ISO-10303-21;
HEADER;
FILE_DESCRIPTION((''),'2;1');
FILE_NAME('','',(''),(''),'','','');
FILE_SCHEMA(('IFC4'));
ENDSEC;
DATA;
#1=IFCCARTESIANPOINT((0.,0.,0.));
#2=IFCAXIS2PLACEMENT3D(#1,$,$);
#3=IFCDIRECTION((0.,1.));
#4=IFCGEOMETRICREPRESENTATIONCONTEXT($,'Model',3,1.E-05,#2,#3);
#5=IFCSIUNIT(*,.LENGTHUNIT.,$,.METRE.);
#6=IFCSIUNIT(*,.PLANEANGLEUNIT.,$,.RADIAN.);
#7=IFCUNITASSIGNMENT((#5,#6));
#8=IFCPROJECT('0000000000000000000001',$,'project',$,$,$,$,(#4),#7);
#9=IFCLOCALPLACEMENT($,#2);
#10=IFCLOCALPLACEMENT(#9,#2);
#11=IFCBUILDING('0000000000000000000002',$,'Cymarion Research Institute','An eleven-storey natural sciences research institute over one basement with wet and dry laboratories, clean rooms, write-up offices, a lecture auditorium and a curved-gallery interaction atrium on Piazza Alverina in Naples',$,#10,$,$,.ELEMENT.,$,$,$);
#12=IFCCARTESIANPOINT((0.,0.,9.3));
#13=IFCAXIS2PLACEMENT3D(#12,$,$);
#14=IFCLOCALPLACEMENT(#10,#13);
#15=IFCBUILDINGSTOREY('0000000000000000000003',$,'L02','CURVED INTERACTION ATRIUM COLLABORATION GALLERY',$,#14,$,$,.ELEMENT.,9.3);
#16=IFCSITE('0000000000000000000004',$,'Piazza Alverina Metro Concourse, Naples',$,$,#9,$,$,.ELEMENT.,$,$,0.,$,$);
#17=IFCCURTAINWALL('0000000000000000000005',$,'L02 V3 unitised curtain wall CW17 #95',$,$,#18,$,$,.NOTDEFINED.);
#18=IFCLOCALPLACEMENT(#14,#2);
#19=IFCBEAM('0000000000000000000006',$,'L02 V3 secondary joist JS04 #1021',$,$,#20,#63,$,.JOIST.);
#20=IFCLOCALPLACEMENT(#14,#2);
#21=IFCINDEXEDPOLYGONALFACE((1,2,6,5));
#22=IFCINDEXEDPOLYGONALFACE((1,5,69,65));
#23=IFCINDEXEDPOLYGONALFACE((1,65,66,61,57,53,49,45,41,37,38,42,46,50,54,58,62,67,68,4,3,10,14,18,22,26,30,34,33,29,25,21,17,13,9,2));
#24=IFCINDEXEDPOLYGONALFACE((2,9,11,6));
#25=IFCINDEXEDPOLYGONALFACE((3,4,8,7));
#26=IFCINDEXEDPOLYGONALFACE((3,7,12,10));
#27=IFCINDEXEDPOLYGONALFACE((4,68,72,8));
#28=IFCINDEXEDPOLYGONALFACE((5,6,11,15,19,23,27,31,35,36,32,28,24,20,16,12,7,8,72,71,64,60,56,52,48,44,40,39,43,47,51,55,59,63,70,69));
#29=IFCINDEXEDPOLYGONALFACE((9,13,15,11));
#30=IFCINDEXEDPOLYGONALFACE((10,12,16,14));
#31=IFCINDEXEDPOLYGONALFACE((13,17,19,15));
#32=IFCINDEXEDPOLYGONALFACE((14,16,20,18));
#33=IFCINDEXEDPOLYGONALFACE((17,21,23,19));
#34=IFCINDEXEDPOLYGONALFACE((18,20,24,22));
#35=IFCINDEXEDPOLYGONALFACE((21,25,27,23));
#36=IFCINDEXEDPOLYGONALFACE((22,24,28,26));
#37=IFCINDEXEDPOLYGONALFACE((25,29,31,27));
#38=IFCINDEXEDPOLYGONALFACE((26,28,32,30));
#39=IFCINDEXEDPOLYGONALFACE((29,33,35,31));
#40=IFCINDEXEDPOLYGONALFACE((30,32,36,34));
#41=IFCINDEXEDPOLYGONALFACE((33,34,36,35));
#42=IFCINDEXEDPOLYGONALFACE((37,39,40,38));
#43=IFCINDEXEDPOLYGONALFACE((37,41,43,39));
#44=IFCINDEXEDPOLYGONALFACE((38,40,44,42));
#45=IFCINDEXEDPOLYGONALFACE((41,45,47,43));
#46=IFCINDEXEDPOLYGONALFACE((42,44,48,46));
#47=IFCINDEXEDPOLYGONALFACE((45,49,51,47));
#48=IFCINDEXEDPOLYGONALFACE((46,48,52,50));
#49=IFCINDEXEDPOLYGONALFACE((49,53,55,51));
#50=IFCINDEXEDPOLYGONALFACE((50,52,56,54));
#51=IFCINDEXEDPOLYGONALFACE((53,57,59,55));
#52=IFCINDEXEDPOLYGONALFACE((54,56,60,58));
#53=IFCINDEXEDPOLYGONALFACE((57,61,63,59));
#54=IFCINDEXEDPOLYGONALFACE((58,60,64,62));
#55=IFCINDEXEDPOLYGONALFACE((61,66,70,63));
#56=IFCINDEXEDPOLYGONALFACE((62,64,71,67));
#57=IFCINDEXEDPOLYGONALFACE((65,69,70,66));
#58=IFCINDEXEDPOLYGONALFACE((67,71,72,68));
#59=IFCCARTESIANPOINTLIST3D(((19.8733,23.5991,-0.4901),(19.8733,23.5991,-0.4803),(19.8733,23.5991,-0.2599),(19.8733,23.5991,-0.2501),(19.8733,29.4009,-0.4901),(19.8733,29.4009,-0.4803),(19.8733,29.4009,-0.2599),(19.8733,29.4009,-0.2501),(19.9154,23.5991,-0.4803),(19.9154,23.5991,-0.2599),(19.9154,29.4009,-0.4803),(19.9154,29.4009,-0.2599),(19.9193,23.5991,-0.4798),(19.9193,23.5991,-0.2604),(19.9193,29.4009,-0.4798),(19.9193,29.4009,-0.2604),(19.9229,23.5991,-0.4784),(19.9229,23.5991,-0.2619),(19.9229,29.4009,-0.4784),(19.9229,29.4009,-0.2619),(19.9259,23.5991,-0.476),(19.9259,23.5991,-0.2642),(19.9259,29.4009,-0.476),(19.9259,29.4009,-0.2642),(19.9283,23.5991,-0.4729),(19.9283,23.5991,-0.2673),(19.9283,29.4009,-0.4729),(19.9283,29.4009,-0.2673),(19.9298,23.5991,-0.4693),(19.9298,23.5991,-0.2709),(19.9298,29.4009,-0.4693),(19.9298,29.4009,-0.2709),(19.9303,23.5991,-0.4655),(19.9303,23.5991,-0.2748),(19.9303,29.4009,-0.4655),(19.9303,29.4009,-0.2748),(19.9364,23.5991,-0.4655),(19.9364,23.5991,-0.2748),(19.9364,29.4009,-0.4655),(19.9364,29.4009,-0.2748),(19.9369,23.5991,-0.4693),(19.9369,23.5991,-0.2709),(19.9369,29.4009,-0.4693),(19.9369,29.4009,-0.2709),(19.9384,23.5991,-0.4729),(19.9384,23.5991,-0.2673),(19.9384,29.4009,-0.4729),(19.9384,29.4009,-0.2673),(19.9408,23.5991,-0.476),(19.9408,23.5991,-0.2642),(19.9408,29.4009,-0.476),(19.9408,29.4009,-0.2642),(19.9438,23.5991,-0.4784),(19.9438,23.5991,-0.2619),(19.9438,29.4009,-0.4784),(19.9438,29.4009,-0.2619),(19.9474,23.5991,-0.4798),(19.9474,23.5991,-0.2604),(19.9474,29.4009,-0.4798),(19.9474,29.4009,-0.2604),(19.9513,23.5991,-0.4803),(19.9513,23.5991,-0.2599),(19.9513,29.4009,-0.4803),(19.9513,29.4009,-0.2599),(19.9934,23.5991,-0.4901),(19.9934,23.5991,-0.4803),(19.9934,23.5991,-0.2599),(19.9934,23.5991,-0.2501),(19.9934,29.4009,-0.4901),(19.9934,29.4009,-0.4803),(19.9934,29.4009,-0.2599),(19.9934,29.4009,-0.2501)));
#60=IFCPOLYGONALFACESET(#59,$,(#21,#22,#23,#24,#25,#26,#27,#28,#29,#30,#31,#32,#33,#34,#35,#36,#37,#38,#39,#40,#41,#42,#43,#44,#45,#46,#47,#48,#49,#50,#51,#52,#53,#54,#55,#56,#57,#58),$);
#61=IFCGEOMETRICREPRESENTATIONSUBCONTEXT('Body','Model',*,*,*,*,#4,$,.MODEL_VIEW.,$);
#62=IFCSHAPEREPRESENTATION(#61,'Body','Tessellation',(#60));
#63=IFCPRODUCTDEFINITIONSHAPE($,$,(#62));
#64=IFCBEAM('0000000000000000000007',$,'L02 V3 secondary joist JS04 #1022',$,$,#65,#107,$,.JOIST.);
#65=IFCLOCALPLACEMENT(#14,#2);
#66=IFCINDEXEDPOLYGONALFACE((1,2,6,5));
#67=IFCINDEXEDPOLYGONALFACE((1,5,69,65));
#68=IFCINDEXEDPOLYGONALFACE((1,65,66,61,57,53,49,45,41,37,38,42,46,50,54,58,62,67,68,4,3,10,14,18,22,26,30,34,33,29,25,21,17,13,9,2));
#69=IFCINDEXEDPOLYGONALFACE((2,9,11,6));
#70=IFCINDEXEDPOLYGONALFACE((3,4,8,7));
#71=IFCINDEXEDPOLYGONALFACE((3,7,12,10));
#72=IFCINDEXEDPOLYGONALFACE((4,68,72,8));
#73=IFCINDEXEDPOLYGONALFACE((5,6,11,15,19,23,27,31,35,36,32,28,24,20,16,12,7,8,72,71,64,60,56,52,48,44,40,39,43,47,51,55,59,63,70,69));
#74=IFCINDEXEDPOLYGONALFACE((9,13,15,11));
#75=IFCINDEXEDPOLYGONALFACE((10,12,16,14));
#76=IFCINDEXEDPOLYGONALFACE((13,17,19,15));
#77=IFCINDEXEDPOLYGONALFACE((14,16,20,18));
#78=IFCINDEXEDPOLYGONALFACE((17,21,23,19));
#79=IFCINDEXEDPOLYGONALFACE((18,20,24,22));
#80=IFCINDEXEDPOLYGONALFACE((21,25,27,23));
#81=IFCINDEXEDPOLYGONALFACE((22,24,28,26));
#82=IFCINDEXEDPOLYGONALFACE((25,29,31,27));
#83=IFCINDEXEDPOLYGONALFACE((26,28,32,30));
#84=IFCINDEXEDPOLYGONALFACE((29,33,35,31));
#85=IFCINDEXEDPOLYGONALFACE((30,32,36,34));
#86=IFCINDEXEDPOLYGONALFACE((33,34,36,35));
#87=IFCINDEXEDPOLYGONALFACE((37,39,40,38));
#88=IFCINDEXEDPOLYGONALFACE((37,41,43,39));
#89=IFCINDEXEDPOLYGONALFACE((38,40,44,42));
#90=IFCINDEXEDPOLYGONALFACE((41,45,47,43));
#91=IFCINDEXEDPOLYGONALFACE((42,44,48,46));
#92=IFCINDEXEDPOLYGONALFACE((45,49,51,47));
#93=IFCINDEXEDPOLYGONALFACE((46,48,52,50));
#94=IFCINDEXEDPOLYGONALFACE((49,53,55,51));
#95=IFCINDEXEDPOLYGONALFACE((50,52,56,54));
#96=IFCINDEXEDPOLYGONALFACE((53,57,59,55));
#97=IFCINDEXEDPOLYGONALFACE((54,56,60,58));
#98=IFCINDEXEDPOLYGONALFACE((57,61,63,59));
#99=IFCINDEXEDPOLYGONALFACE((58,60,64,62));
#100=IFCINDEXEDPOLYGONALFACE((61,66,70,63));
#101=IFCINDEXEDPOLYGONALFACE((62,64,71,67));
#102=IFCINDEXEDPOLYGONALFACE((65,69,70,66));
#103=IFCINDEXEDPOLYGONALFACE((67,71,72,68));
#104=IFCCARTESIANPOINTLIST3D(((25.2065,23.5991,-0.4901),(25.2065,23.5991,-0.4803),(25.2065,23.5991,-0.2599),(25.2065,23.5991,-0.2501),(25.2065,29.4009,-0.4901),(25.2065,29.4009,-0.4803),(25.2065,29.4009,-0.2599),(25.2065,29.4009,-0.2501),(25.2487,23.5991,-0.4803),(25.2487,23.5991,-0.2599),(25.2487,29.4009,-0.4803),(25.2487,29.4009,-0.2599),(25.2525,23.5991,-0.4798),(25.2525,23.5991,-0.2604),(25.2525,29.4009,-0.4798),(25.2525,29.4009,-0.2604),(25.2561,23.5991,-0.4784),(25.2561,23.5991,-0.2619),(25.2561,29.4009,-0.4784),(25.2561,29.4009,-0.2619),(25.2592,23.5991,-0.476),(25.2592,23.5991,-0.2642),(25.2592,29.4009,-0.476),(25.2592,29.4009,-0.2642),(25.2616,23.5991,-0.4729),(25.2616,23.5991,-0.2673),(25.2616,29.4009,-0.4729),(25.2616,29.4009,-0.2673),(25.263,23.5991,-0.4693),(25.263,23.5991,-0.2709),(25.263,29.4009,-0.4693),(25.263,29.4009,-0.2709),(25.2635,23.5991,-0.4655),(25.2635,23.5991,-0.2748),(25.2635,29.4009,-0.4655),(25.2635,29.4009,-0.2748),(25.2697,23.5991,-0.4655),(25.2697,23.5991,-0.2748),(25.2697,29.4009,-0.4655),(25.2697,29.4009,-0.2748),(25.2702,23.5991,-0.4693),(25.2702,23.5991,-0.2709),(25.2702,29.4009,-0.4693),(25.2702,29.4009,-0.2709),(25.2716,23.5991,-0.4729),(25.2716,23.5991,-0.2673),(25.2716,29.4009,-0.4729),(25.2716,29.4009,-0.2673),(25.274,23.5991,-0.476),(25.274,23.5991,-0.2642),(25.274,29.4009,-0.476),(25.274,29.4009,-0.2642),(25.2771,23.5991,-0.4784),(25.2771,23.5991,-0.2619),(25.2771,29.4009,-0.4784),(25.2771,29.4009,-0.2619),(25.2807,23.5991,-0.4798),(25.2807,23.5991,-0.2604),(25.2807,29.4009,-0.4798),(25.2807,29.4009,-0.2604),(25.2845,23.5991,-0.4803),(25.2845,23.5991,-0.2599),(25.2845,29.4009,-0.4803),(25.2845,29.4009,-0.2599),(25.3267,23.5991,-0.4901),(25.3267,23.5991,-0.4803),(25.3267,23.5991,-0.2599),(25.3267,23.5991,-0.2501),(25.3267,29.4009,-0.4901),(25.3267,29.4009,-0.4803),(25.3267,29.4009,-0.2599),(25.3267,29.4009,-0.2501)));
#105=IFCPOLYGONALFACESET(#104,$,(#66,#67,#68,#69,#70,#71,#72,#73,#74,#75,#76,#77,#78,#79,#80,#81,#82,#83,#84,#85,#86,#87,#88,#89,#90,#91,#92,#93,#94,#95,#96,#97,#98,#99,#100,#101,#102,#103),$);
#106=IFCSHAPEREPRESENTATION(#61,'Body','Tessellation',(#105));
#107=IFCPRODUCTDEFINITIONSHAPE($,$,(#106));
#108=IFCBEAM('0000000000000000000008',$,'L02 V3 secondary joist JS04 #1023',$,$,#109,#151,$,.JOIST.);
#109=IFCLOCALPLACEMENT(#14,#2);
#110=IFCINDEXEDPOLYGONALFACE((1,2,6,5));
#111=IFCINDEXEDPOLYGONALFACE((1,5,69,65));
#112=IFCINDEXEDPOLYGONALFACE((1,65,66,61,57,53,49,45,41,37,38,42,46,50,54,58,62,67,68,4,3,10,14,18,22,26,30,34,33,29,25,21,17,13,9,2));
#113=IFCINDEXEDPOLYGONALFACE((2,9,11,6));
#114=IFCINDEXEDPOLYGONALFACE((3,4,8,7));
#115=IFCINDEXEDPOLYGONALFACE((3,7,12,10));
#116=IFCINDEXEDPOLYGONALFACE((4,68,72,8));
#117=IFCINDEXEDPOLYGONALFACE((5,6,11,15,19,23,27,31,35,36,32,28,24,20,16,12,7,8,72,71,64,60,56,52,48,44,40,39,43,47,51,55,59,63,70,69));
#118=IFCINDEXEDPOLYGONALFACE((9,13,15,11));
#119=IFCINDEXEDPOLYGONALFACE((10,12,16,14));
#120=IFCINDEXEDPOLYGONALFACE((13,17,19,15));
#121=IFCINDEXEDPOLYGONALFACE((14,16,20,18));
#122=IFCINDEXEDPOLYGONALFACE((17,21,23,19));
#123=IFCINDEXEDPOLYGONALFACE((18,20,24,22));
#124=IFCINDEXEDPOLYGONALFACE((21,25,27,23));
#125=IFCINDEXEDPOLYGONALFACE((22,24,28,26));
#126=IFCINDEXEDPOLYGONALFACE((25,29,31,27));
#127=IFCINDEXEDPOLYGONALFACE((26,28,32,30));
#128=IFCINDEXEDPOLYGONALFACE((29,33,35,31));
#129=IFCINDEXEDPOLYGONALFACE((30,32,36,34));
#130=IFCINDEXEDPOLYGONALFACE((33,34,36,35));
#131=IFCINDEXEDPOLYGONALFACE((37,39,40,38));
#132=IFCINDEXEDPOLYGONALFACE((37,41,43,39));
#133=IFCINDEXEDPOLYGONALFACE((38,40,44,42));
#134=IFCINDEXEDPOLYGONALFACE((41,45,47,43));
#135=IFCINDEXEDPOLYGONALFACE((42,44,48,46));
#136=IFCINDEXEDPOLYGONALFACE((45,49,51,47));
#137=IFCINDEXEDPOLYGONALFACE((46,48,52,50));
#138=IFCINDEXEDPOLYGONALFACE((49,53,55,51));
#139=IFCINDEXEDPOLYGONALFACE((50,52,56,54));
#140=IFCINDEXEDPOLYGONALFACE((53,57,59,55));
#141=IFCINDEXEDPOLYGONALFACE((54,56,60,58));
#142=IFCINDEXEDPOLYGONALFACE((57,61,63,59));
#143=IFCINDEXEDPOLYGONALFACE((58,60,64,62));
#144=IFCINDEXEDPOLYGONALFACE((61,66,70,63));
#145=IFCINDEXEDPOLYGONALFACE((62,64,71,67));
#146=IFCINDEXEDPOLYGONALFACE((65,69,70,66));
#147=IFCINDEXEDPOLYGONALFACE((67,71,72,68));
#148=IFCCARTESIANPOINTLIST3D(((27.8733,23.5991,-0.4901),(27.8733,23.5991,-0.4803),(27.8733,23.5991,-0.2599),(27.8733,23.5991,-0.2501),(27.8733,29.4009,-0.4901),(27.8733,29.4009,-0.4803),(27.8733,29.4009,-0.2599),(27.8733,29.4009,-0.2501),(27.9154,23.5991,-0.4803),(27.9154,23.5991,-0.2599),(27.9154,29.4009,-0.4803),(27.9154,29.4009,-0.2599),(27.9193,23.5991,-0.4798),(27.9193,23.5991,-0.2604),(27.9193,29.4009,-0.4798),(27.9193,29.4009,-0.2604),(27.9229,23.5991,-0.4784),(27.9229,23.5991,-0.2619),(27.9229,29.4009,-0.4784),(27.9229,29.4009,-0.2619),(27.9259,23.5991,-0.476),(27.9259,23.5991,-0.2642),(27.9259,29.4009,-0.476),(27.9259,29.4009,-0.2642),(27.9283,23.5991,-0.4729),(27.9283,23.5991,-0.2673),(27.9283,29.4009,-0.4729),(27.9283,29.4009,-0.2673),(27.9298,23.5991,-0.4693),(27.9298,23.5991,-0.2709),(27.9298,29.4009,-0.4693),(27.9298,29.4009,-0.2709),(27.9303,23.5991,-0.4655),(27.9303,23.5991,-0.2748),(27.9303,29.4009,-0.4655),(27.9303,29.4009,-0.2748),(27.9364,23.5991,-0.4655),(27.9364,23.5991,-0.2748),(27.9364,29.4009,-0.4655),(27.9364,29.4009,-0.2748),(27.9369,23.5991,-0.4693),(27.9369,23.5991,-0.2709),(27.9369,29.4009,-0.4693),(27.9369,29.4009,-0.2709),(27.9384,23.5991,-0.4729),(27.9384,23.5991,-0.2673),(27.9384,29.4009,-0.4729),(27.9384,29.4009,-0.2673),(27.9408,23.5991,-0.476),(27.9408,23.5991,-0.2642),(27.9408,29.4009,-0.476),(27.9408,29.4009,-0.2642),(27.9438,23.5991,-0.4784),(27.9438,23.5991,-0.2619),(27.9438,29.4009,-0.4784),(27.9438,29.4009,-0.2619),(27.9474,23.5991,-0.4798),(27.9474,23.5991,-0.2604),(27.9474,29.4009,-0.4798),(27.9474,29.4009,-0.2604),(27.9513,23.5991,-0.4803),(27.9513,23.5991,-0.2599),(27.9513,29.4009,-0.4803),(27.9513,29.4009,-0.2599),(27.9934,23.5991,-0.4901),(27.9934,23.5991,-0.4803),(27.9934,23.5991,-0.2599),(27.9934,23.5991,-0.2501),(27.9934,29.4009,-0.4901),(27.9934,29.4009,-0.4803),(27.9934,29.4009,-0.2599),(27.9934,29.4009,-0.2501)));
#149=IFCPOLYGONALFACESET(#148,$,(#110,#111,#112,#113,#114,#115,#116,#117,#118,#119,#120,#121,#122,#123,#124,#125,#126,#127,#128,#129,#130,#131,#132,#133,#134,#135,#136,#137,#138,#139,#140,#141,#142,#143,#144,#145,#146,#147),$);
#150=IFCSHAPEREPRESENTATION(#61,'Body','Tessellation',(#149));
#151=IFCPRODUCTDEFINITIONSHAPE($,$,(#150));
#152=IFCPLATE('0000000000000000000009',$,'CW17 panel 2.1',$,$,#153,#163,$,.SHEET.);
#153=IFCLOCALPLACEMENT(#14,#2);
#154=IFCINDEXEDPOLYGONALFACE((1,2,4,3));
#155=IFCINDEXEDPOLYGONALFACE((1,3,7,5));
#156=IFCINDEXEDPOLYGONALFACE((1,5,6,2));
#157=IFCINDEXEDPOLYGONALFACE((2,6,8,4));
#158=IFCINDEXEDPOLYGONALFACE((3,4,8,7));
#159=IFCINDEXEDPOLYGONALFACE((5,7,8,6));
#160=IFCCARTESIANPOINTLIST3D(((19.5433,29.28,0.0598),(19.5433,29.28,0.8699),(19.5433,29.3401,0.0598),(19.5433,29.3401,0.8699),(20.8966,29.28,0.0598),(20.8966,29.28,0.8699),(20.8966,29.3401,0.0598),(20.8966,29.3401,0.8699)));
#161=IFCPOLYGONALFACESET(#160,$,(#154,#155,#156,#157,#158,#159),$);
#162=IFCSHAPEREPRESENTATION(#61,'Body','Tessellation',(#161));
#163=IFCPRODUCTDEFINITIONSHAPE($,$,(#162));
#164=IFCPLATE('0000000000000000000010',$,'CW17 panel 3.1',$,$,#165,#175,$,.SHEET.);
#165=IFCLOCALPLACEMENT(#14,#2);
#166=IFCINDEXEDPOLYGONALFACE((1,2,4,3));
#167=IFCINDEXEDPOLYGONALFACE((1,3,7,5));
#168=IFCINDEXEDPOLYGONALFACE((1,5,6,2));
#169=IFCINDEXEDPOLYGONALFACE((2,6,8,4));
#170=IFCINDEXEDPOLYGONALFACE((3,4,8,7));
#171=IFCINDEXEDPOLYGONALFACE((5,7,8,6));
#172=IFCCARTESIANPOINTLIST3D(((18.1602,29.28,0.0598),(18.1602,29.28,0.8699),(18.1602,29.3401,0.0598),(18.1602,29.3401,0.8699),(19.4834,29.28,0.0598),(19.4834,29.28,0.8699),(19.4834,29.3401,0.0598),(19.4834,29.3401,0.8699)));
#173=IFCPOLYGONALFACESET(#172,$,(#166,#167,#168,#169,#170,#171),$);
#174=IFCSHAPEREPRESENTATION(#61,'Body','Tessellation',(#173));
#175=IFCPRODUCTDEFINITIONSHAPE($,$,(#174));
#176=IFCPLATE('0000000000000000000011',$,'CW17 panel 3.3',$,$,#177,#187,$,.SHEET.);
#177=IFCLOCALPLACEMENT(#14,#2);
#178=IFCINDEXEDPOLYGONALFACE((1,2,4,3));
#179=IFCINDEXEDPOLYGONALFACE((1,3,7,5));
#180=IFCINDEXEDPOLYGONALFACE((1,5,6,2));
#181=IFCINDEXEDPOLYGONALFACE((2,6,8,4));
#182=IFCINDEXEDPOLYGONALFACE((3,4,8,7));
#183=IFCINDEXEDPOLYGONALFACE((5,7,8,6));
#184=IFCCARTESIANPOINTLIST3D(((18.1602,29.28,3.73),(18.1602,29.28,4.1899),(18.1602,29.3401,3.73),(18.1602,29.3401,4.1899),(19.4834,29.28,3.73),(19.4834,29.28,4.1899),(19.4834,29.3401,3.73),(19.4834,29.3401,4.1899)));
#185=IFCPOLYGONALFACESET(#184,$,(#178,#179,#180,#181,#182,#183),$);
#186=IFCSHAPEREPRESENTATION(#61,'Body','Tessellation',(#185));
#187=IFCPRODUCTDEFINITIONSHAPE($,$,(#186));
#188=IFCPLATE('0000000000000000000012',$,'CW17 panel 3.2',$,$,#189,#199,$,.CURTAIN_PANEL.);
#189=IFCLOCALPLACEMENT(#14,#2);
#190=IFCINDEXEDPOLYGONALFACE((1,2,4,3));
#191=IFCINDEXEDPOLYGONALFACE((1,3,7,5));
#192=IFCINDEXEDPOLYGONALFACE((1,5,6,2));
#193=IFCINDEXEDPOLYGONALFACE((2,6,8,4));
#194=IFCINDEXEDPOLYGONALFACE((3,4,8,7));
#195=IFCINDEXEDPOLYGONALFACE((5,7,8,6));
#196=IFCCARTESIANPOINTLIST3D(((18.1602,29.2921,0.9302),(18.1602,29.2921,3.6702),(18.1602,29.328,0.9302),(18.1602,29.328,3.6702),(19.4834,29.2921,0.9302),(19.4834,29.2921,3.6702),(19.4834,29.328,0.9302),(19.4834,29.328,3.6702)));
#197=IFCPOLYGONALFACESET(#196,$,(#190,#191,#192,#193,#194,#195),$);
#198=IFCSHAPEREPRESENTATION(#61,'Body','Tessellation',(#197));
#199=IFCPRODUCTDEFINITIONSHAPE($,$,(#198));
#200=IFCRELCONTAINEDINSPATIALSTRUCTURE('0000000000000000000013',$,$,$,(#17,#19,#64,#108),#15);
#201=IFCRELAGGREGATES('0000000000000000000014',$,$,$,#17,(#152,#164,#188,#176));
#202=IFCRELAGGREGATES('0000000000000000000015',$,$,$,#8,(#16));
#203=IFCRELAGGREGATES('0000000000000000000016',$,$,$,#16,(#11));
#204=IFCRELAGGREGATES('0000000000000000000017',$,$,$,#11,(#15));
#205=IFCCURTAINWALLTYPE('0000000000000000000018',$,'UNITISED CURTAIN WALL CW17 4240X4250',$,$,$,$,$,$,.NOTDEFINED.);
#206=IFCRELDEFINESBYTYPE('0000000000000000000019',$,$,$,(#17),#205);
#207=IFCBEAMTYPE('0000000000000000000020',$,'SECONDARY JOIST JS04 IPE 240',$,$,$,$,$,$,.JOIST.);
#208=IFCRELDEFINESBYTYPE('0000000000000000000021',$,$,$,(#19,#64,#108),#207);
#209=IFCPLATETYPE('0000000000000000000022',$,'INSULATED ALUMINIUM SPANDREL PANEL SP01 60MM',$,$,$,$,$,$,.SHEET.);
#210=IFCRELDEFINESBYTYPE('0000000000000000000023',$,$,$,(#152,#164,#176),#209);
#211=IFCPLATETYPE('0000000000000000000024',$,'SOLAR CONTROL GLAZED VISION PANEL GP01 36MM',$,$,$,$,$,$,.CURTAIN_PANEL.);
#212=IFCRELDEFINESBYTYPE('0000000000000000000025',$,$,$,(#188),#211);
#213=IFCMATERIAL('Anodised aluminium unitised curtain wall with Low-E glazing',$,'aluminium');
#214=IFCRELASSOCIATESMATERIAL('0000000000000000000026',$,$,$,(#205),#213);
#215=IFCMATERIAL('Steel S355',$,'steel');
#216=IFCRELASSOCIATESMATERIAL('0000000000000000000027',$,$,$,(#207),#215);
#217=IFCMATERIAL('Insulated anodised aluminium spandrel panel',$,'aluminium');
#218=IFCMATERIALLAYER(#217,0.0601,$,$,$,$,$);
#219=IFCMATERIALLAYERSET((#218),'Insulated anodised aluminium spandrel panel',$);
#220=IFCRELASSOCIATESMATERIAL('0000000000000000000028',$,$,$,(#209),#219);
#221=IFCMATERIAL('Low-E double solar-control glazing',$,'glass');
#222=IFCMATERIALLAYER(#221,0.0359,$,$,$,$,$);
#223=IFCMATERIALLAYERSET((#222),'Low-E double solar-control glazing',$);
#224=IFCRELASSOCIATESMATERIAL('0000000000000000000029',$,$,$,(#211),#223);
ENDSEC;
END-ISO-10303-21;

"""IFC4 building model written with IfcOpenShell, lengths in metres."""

from ifc_helpers import new_model, si_unit, direction, frame, origin, origin_2d, place, context, subcontext, project, spatial, rectangle, i_section, extrude, material, layer, layer_set, material_profile, profile_set, type_object, element, aggregate, save


model = new_model("IFC4")

# Units and contexts
model_context = context("Model", 3, precision=1e-05, world=origin(), true_north=direction((0.0, 1.0)))
body_context = subcontext(model_context, "Body", "Model", "MODEL_VIEW")
ifc_project = project(units=[si_unit("LENGTHUNIT", "METRE"), si_unit("PLANEANGLEUNIT", "RADIAN")], contexts=[model_context])

# Site, building, storey
site_placement = place(None, origin())
site = spatial("IfcSite", under=ifc_project, at=site_placement, Name="Piazza Alverina Metro Concourse, Naples", CompositionType="ELEMENT", RefElevation=0.0)
building_placement = place(site_placement, origin())
building = spatial("IfcBuilding", under=site, at=building_placement, Name="Cymarion Research Institute", Description="An eleven-storey natural sciences research institute over one basement with wet and dry laboratories, clean rooms, write-up offices, a lecture auditorium and a curved-gallery interaction atrium on Piazza Alverina in Naples", CompositionType="ELEMENT")
storey_placement = place(building_placement, frame((0.0, 0.0, 9.3)))
storey = spatial("IfcBuildingStorey", under=building, at=storey_placement, Name="L02", Description="CURVED INTERACTION ATRIUM COLLABORATION GALLERY", CompositionType="ELEMENT", Elevation=9.3)

# Shared definitions
ifc_material_1 = material(Name="Steel S355", Category="steel")

# Curtain wall
ifc_material_2 = material(Name="Anodised aluminium unitised curtain wall with Low-E glazing", Category="aluminium")
curtain_wall_type_1 = type_object("IfcCurtainWallType", Name="UNITISED CURTAIN WALL CW17 4240X4250", PredefinedType="NOTDEFINED", material=ifc_material_2)
curtain_wall_1_placement = place(storey_placement, origin())
curtain_wall_1 = element("IfcCurtainWall", 1, at=curtain_wall_1_placement, inside=storey, type_object=curtain_wall_type_1, Name="L02 V3 unitised curtain wall CW17 #95", PredefinedType="NOTDEFINED")

# Beams
ifc_material_profile_1 = material_profile(ifc_material_1, i_section(OverallWidth=0.1201, OverallDepth=0.24, WebThickness=0.0061, FlangeThickness=0.0098, FilletRadius=0.0149, at=origin_2d()), Name="IPE 240")
ifc_profile_set_1 = profile_set([ifc_material_profile_1], Name="Steel S355")
beam_type_1 = type_object("IfcBeamType", Name="SECONDARY JOIST JS04 IPE 240", PredefinedType="JOIST", material=ifc_profile_set_1)
for number, where, z_axis, x_axis, name in (
    (2, (19.9333, 23.5991, -0.3701), (0.0, 1.0, 0.0), (-1.0, 0.0, 0.0), "L02 V3 secondary joist JS04 #1021"),
    (3, (25.2666, 23.5991, -0.3701), (0.0, 1.0, 0.0), (-1.0, 0.0, 0.0), "L02 V3 secondary joist JS04 #1022"),
    (4, (27.9333, 23.5991, -0.3701), (0.0, 1.0, 0.0), (-1.0, 0.0, 0.0), "L02 V3 secondary joist JS04 #1023"),
):
    element("IfcBeam", number, at=place(storey_placement, frame(where, z_axis=z_axis, x_axis=x_axis)), inside=storey, type_object=beam_type_1, Name=name, PredefinedType="JOIST", context=body_context, shape_type="SweptSolid", body=[
        extrude(i_section(OverallWidth=0.1201, OverallDepth=0.24, WebThickness=0.0061, FlangeThickness=0.0098, FilletRadius=0.0149, at=origin_2d()), origin(), (0.0, 0.0, 1.0), 5.8018),
    ])

# Plates
ifc_material_3 = material(Name="Insulated anodised aluminium spandrel panel", Category="aluminium")
ifc_layer_1 = layer(ifc_material_3, 0.0601)
ifc_layer_set_1 = layer_set([ifc_layer_1], Name="Insulated anodised aluminium spandrel panel")
plate_type_1 = type_object("IfcPlateType", Name="INSULATED ALUMINIUM SPANDREL PANEL SP01 60MM", PredefinedType="SHEET", material=ifc_layer_set_1)
plate_1_placement = place(storey_placement, frame((20.22, 29.3101, 0.0598), z_axis=(0.0, 0.0, 1.0), x_axis=(-1.0, 0.0, 0.0)))
plate_1 = element("IfcPlate", 5, at=plate_1_placement, type_object=plate_type_1, Name="CW17 panel 2.1", PredefinedType="SHEET", context=body_context, shape_type="SweptSolid", body=[
    extrude(rectangle(XDim=1.3533, YDim=0.0601, at=origin_2d()), origin(), (0.0, 0.0, 1.0), 0.8101),
])
plate_2_placement = place(storey_placement, frame((18.8218, 29.3101, 0.0598), z_axis=(0.0, 0.0, 1.0), x_axis=(-1.0, 0.0, 0.0)))
plate_2 = element("IfcPlate", 6, at=plate_2_placement, type_object=plate_type_1, Name="CW17 panel 3.1", PredefinedType="SHEET", context=body_context, shape_type="SweptSolid", body=[
    extrude(rectangle(XDim=1.3232, YDim=0.0601, at=origin_2d()), origin(), (0.0, 0.0, 1.0), 0.8101),
])
plate_3_placement = place(storey_placement, frame((18.8218, 29.3101, 3.73), z_axis=(0.0, 0.0, 1.0), x_axis=(-1.0, 0.0, 0.0)))
plate_3 = element("IfcPlate", 7, at=plate_3_placement, type_object=plate_type_1, Name="CW17 panel 3.3", PredefinedType="SHEET", context=body_context, shape_type="SweptSolid", body=[
    extrude(rectangle(XDim=1.3232, YDim=0.0601, at=origin_2d()), origin(), (0.0, 0.0, 1.0), 0.46),
])
ifc_material_4 = material(Name="Low-E double solar-control glazing", Category="glass")
ifc_layer_2 = layer(ifc_material_4, 0.0359)
ifc_layer_set_2 = layer_set([ifc_layer_2], Name="Low-E double solar-control glazing")
plate_type_2 = type_object("IfcPlateType", Name="SOLAR CONTROL GLAZED VISION PANEL GP01 36MM", PredefinedType="CURTAIN_PANEL", material=ifc_layer_set_2)
plate_4_placement = place(storey_placement, frame((18.8218, 29.3101, 0.9302), z_axis=(0.0, 0.0, 1.0), x_axis=(-1.0, 0.0, 0.0)))
plate_4 = element("IfcPlate", 8, at=plate_4_placement, type_object=plate_type_2, Name="CW17 panel 3.2", PredefinedType="CURTAIN_PANEL", context=body_context, shape_type="SweptSolid", body=[
    extrude(rectangle(XDim=1.3232, YDim=0.0359, at=origin_2d()), origin(), (0.0, 0.0, 1.0), 2.74),
])
aggregate(curtain_wall_1, [plate_1, plate_2, plate_4, plate_3])

save(model, "model.ifc")
